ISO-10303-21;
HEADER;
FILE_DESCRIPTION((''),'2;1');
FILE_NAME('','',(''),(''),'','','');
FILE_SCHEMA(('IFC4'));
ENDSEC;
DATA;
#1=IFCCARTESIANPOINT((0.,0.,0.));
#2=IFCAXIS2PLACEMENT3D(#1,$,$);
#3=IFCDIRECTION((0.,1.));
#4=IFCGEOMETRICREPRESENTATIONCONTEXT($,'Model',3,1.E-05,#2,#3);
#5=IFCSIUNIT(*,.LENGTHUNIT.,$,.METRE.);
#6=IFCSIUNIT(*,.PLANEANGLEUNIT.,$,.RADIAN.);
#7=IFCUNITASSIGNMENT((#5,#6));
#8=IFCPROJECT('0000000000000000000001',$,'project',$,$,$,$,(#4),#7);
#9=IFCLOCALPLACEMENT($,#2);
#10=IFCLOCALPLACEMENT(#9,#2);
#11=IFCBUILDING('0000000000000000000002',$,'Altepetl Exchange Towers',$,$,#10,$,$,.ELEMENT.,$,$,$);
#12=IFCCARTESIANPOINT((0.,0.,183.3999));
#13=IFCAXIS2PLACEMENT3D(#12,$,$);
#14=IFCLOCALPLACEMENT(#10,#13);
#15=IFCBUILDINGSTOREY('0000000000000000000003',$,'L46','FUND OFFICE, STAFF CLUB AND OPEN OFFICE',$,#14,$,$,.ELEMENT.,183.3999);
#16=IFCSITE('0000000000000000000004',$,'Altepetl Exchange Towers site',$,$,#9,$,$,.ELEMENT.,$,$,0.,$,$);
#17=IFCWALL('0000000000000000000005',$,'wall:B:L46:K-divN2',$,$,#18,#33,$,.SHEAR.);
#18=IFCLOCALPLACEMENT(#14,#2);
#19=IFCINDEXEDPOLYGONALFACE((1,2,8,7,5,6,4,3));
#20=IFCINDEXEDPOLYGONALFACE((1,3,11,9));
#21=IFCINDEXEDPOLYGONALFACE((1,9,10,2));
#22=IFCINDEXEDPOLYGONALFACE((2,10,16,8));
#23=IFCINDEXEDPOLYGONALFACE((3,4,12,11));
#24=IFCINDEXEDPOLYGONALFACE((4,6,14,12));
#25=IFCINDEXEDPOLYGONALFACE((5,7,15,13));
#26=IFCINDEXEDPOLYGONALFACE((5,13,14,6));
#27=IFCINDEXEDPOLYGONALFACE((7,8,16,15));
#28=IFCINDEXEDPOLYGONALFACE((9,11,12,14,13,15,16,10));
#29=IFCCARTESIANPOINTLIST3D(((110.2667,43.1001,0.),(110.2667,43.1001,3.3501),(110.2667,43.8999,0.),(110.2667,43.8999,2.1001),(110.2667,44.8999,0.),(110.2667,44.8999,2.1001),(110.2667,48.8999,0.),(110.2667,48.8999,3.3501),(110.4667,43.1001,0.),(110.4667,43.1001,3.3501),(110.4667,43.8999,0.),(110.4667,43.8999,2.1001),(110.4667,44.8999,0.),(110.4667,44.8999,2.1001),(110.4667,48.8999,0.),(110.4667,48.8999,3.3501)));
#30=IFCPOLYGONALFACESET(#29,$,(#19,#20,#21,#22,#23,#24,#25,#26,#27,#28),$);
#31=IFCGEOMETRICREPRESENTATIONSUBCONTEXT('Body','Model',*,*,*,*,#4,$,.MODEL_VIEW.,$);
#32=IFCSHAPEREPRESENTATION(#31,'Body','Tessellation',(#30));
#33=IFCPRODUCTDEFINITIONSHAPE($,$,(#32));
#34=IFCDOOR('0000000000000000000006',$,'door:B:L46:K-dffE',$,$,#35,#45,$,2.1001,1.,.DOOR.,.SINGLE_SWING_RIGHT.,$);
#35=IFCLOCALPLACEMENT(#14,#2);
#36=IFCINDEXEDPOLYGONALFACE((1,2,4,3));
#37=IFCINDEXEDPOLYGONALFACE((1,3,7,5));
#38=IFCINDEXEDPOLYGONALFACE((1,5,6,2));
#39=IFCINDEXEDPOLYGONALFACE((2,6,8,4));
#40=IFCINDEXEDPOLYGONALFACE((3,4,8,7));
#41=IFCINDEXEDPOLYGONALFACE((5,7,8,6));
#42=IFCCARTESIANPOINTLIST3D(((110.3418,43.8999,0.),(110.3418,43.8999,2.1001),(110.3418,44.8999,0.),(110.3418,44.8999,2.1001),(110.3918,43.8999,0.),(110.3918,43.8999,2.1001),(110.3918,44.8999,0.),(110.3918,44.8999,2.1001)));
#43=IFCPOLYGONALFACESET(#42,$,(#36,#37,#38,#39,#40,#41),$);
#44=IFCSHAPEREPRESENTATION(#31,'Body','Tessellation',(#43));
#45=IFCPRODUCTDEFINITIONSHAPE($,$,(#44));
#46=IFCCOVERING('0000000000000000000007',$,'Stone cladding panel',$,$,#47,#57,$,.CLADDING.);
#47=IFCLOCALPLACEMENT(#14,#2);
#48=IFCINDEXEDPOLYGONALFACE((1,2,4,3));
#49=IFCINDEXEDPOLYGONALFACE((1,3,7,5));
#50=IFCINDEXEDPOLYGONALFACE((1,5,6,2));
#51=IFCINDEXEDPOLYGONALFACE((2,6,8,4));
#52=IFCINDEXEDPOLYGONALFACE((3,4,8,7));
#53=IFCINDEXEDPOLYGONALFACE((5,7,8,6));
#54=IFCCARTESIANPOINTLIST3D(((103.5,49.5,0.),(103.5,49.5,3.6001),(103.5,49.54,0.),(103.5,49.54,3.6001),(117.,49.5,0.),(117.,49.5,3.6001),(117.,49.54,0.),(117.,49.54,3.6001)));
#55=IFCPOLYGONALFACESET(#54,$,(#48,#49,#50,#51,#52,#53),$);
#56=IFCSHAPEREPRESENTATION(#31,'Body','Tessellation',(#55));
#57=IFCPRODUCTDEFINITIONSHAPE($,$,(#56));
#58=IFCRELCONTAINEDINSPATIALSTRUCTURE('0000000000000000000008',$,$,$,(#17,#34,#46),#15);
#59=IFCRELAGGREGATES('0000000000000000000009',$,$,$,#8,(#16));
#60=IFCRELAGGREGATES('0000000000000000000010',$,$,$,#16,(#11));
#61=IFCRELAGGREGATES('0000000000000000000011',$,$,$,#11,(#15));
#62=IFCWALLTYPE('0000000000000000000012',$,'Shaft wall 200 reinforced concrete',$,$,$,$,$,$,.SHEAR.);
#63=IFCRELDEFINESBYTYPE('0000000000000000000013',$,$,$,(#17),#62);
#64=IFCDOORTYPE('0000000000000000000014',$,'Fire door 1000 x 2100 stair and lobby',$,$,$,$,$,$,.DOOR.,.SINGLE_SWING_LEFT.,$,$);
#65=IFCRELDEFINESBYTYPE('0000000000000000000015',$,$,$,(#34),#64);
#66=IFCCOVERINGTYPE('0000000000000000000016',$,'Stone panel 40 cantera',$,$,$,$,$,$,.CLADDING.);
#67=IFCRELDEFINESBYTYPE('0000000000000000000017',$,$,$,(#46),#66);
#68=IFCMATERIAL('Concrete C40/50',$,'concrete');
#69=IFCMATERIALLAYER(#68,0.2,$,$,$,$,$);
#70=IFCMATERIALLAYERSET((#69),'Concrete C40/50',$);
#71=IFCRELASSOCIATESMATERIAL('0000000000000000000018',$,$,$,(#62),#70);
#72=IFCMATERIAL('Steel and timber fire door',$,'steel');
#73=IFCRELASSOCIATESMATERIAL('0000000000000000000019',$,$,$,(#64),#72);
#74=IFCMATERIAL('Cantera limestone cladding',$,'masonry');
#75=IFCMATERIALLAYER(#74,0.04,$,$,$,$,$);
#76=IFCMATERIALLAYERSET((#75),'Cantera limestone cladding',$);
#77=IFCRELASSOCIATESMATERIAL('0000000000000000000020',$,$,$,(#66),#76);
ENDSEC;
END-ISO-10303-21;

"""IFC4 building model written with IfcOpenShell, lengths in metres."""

from ifc_helpers import new_model, si_unit, direction, frame, frame_2d, origin, origin_2d, place, context, subcontext, project, spatial, rectangle, extrude, material, layer, layer_set, type_object, element, fill, save


model = new_model("IFC4")

# Units and contexts
model_context = context("Model", 3, precision=1e-05, world=origin(), true_north=direction((0.0, 1.0)))
body_context = subcontext(model_context, "Body", "Model", "MODEL_VIEW")
ifc_project = project(units=[si_unit("LENGTHUNIT", "METRE"), si_unit("PLANEANGLEUNIT", "RADIAN")], contexts=[model_context])

# Site, building, storey
site_placement = place(None, origin())
site = spatial("IfcSite", under=ifc_project, at=site_placement, Name="Altepetl Exchange Towers site", CompositionType="ELEMENT", RefElevation=0.0)
building_placement = place(site_placement, origin())
building = spatial("IfcBuilding", under=site, at=building_placement, Name="Altepetl Exchange Towers", CompositionType="ELEMENT")
storey_placement = place(building_placement, frame((0.0, 0.0, 183.3999)))
storey = spatial("IfcBuildingStorey", under=building, at=storey_placement, Name="L46", Description="FUND OFFICE, STAFF CLUB AND OPEN OFFICE", CompositionType="ELEMENT", Elevation=183.3999)

# Shared definitions
ifc_material_1 = material(Name="Concrete C40/50", Category="concrete")
ifc_layer_1 = layer(ifc_material_1, 0.2)
ifc_layer_set_1 = layer_set([ifc_layer_1], Name="Concrete C40/50")
wall_type_1 = type_object("IfcWallType", Name="Shaft wall 200 reinforced concrete", PredefinedType="SHEAR", material=ifc_layer_set_1)

# Wall, opening, door
wall_1_placement = place(storey_placement, frame((110.3667, 48.8999, 0.0), z_axis=(0.0, 0.0, 1.0), x_axis=(0.0, -1.0, 0.0)))
wall_1 = element("IfcWall", 1, at=wall_1_placement, inside=storey, type_object=wall_type_1, Name="wall:B:L46:K-divN2", PredefinedType="SHEAR", context=body_context, shape_type="SweptSolid", body=[
    extrude(rectangle(XDim=5.7998, YDim=0.2, at=frame_2d((2.8999, 0.0))), origin(), (0.0, 0.0, 1.0), 3.3501),
])
opening_placement = place(wall_1_placement, frame((4.0, 0.0, 0.0)))
opening = element("IfcOpeningElement", 2, at=opening_placement, cuts=wall_1, PredefinedType="OPENING", context=body_context, shape_type="SweptSolid", body=[
    extrude(rectangle(XDim=1.0, YDim=2.1001, at=frame_2d((0.5, 1.05))), frame((0.0, 0.1099, 0.0), z_axis=(0.0, -1.0, 0.0), x_axis=(1.0, 0.0, 0.0)), (0.0, 0.0, 1.0), 0.22),
])
ifc_material_2 = material(Name="Steel and timber fire door", Category="steel")
door_type = type_object("IfcDoorType", Name="Fire door 1000 x 2100 stair and lobby", OperationType="SINGLE_SWING_LEFT", PredefinedType="DOOR", material=ifc_material_2)
door_placement = place(opening_placement, frame((1.0, 0.0, 0.0), x_axis=(-1.0, 0.0, 0.0)))
door = element("IfcDoor", 3, at=door_placement, inside=storey, type_object=door_type, Name="door:B:L46:K-dffE", OperationType="SINGLE_SWING_RIGHT", OverallHeight=2.1001, OverallWidth=1.0, PredefinedType="DOOR", context=body_context, shape_type="SweptSolid", body=[
    extrude(rectangle(XDim=1.0, YDim=2.1001, at=frame_2d((0.5, 1.05))), frame((0.0, 0.0249, 0.0), z_axis=(0.0, -1.0, 0.0), x_axis=(1.0, 0.0, 0.0)), (0.0, 0.0, 1.0), 0.05),
])
fill(opening, door)

# Covering
ifc_material_3 = material(Name="Cantera limestone cladding", Category="masonry")
ifc_layer_2 = layer(ifc_material_3, 0.04)
ifc_layer_set_2 = layer_set([ifc_layer_2], Name="Cantera limestone cladding")
covering_type = type_object("IfcCoveringType", Name="Stone panel 40 cantera", PredefinedType="CLADDING", material=ifc_layer_set_2)
covering_placement = place(storey_placement, frame((110.25, 49.52, 0.0), z_axis=(0.0, 0.0, 1.0), x_axis=(-1.0, 0.0, 0.0)))
element("IfcCovering", 4, at=covering_placement, inside=storey, type_object=covering_type, Name="Stone cladding panel", PredefinedType="CLADDING", context=body_context, shape_type="SweptSolid", body=[
    extrude(rectangle(XDim=13.5, YDim=0.04, at=origin_2d()), origin(), (0.0, 0.0, 1.0), 3.6001),
])

save(model, "model.ifc")
